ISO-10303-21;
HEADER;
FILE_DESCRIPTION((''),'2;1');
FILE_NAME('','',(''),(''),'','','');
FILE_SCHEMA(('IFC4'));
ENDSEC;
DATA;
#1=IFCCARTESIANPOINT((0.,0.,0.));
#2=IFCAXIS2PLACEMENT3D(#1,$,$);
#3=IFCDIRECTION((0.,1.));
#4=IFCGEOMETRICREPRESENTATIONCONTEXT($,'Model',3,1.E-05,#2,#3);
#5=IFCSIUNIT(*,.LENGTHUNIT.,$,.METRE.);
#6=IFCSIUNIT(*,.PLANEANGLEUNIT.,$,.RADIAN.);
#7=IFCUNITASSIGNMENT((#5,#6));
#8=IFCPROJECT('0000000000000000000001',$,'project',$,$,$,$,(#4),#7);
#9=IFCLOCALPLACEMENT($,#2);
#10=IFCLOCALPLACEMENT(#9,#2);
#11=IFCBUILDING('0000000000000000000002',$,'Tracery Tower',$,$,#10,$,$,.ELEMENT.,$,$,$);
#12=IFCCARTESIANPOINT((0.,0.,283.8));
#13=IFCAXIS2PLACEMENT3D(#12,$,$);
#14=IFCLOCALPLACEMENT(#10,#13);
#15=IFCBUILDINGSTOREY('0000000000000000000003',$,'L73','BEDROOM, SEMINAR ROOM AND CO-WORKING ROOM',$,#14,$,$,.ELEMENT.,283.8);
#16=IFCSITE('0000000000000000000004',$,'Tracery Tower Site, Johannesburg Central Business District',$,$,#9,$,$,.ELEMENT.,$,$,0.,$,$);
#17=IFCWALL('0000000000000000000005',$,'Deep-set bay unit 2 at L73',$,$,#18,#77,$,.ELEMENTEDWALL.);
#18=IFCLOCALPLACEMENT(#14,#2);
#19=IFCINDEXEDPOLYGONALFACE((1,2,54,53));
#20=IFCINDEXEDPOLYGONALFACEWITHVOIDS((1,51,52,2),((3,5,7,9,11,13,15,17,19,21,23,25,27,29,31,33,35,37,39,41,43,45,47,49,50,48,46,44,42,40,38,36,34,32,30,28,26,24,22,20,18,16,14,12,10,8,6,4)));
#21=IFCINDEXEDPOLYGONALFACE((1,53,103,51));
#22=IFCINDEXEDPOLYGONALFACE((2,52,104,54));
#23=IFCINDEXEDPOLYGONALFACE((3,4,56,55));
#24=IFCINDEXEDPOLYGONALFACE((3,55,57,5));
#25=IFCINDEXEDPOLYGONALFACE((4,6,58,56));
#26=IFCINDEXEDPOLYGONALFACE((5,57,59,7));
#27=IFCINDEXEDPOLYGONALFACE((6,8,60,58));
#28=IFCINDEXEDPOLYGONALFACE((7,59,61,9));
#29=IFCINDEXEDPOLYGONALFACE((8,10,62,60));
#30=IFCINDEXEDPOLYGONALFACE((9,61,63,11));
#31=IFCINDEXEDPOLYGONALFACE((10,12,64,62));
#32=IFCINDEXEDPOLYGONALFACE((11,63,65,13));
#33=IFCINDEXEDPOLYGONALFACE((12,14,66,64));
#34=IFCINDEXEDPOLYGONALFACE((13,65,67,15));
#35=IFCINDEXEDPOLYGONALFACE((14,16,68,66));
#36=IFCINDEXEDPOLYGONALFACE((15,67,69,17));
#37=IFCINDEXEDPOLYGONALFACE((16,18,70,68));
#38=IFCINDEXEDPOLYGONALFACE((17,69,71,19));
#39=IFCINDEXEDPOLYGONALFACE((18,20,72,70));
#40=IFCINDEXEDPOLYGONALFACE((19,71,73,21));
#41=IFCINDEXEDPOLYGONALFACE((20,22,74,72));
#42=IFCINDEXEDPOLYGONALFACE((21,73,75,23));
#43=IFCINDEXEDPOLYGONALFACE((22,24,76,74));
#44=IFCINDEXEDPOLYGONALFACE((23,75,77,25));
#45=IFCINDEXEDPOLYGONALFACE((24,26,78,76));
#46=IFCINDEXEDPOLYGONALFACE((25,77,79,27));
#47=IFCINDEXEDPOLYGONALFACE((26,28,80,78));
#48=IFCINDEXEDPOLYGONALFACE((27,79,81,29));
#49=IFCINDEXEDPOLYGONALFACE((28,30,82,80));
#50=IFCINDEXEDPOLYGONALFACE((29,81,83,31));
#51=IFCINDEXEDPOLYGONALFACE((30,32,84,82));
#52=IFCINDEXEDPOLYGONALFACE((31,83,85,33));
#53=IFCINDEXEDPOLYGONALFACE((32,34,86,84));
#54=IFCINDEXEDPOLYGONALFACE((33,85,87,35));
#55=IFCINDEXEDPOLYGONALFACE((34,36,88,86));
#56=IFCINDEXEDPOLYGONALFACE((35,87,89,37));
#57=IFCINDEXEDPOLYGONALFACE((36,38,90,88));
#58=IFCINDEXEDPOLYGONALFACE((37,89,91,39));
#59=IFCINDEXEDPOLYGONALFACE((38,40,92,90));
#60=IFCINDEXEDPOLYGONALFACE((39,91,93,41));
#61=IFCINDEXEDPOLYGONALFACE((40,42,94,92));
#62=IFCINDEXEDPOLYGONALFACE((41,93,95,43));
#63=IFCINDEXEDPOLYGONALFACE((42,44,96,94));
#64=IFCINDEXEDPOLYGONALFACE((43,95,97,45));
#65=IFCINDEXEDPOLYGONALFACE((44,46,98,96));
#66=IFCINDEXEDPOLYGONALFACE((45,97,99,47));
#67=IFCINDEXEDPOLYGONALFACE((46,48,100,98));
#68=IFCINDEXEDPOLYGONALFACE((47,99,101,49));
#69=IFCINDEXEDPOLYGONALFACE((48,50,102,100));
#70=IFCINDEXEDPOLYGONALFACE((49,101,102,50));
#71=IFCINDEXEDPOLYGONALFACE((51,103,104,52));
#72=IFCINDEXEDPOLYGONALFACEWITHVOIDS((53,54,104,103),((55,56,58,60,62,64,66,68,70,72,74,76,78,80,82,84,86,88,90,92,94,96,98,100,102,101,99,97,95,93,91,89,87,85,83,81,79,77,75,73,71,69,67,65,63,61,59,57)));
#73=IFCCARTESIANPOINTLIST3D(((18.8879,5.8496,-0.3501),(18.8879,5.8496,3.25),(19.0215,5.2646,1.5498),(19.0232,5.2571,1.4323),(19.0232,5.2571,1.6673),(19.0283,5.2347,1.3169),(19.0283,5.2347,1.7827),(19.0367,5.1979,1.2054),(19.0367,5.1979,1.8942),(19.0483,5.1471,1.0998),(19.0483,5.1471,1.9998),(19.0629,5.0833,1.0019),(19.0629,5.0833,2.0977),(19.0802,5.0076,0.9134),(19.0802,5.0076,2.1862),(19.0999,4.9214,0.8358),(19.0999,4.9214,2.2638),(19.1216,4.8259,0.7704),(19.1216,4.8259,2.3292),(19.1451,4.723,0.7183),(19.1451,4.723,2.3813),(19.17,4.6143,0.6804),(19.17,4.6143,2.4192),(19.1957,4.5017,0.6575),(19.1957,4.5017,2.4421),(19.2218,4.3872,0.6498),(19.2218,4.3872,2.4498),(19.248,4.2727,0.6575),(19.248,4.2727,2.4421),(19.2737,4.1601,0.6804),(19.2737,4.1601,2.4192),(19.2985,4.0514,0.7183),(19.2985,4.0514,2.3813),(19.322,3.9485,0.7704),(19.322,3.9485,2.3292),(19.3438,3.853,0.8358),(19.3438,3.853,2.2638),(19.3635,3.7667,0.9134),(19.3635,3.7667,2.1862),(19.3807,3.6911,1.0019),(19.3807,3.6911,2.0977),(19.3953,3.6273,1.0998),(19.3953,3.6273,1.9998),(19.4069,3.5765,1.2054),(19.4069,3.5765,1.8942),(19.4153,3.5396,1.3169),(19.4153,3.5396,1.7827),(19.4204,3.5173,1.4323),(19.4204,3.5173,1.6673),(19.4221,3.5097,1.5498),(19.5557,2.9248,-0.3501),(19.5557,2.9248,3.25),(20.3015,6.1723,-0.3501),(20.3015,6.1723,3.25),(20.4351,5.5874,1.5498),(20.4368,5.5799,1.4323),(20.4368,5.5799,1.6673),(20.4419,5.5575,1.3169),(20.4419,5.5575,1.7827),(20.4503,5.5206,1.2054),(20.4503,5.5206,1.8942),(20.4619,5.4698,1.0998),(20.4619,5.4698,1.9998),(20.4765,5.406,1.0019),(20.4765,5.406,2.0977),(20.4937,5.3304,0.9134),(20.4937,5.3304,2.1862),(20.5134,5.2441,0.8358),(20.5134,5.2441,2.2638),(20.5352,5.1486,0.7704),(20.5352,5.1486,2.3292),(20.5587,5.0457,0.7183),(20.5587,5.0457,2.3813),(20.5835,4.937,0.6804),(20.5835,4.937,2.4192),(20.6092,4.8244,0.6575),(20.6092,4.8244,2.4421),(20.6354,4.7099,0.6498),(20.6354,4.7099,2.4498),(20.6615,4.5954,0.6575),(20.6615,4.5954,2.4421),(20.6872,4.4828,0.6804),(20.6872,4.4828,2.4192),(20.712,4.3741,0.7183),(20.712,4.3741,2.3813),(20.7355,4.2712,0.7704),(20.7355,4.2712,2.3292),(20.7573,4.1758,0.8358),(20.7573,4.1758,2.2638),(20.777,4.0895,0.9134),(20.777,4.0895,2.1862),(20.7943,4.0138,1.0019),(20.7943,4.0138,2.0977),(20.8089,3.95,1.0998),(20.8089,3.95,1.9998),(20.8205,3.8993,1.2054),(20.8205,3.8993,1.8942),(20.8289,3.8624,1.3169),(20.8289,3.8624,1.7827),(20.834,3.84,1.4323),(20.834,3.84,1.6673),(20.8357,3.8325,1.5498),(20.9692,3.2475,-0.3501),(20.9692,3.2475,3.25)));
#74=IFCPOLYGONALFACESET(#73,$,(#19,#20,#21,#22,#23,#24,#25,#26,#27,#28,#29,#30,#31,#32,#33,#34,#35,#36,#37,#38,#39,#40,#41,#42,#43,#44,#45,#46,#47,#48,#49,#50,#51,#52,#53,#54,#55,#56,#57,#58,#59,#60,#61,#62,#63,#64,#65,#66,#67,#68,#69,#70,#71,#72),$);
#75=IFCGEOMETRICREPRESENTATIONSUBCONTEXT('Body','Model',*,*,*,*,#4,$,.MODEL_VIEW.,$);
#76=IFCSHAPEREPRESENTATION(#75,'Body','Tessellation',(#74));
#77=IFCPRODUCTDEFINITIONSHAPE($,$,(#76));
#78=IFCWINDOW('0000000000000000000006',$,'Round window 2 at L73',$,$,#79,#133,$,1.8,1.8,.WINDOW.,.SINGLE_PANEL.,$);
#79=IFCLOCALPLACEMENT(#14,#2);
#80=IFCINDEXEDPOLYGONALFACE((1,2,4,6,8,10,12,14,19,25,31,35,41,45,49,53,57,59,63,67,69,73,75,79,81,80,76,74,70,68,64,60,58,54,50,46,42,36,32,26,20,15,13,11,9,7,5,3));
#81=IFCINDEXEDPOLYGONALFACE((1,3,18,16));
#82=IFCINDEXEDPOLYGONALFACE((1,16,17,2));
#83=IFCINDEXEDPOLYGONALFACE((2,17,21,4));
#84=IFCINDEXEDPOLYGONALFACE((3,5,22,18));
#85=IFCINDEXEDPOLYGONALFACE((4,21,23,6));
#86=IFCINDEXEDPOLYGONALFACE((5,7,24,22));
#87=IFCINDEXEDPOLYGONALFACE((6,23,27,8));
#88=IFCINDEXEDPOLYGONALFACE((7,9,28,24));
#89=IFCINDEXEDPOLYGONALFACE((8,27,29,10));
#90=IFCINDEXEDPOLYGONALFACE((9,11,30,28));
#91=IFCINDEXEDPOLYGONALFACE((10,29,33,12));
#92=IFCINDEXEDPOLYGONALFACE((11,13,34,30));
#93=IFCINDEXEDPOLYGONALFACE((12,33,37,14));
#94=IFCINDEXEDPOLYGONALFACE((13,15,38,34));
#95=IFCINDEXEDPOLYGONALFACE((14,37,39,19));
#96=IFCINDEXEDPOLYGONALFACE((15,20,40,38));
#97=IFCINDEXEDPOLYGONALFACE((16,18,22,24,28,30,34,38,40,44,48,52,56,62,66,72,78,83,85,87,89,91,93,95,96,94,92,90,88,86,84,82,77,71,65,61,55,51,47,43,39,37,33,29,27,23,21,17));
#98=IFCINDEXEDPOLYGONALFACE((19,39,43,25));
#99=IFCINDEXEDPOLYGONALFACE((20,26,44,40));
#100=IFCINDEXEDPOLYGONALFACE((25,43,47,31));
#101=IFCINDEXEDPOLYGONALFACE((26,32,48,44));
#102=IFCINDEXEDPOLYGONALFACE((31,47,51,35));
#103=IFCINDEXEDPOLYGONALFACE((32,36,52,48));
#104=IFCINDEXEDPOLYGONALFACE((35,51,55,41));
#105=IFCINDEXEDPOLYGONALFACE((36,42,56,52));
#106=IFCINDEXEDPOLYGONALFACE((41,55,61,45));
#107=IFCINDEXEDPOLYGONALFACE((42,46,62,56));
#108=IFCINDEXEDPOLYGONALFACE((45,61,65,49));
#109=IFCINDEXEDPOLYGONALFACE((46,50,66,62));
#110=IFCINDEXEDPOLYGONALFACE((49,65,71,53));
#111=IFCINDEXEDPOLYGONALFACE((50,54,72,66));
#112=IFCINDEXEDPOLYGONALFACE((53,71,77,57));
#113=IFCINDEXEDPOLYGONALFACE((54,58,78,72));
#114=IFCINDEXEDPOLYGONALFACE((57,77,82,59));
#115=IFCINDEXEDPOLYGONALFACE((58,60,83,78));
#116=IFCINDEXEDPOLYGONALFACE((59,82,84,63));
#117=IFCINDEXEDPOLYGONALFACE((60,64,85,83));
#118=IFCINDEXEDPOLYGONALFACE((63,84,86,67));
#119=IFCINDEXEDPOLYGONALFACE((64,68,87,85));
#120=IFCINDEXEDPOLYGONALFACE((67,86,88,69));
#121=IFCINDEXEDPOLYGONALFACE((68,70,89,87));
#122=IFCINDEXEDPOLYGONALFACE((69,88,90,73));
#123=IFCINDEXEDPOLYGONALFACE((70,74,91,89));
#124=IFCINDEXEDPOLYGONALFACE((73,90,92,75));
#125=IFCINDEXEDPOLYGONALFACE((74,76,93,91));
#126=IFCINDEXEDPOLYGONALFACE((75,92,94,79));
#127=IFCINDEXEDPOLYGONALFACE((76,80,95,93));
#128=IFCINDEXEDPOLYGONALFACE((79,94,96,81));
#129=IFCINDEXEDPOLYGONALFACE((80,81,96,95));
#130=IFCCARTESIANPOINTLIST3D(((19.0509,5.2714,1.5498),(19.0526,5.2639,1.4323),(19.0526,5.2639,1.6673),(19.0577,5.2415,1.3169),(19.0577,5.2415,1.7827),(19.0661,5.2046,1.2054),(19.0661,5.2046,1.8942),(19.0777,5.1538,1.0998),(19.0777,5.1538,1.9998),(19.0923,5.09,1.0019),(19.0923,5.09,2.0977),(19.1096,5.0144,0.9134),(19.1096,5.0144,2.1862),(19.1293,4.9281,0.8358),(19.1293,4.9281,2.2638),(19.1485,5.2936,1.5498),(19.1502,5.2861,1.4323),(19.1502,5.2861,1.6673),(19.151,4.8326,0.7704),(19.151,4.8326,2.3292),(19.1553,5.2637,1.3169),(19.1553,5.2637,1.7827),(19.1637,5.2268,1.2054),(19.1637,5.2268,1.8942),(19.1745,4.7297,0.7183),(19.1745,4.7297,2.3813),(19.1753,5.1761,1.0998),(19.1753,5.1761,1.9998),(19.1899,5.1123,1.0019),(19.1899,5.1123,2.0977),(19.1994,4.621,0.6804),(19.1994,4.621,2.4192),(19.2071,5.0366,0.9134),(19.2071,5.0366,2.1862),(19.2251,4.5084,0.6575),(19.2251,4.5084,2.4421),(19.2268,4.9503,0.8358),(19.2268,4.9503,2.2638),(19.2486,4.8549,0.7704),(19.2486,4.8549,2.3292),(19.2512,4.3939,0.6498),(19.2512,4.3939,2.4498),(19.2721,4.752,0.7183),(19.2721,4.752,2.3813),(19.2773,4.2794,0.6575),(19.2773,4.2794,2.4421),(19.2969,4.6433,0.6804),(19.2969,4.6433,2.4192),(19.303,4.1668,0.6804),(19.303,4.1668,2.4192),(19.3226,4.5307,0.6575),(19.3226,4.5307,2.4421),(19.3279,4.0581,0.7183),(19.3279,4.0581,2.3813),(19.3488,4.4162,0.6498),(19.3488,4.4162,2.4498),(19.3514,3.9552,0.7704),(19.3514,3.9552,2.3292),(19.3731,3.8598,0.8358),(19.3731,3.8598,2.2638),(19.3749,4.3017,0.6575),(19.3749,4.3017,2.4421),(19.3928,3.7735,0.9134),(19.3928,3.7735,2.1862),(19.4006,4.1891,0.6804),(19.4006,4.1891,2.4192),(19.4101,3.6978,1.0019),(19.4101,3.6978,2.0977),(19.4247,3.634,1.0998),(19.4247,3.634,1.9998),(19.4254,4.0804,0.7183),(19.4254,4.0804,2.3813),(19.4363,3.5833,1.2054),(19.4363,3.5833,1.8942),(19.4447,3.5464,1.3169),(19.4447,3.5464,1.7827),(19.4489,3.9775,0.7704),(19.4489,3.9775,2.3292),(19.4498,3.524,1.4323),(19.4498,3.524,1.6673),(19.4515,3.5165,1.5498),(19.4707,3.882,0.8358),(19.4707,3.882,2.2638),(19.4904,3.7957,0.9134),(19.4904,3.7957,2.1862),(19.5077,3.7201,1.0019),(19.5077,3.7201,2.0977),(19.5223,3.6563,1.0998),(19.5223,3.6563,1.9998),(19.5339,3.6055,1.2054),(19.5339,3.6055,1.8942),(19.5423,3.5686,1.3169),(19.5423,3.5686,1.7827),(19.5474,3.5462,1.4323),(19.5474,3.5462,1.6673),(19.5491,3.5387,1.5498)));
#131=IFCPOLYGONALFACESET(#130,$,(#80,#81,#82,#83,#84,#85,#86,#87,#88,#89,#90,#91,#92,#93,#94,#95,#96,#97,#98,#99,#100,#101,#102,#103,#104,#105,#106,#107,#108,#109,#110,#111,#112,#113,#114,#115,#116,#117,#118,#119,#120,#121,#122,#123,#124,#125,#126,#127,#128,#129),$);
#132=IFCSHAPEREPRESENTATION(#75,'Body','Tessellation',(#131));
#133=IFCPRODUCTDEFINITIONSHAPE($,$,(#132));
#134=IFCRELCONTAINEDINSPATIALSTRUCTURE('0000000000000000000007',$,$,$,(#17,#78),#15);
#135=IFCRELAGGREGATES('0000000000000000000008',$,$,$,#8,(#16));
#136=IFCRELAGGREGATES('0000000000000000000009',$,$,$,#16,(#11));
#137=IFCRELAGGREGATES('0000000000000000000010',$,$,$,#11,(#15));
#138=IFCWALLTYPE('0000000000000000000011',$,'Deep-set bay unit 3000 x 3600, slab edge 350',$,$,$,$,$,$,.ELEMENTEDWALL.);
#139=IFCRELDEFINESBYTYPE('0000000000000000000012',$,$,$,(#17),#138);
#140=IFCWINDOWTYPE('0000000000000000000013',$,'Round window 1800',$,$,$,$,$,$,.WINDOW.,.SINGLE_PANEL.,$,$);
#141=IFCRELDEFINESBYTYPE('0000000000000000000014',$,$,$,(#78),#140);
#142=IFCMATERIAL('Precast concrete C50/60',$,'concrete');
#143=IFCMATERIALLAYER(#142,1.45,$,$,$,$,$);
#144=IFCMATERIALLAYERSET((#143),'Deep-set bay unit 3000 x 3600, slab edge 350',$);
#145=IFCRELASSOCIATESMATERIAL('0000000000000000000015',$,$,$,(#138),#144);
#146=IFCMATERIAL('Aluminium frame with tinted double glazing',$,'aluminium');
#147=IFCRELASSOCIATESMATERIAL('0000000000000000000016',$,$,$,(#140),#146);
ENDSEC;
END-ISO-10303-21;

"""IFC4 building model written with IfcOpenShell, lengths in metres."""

from ifc_helpers import new_model, si_unit, direction, frame, frame_2d, origin, origin_2d, place, context, subcontext, project, spatial, rectangle, circle, extrude, material, layer, layer_set, type_object, element, fill, save


model = new_model("IFC4")

# Units and contexts
model_context = context("Model", 3, precision=1e-05, world=origin(), true_north=direction((0.0, 1.0)))
body_context = subcontext(model_context, "Body", "Model", "MODEL_VIEW")
ifc_project = project(units=[si_unit("LENGTHUNIT", "METRE"), si_unit("PLANEANGLEUNIT", "RADIAN")], contexts=[model_context])

# Site, building, storey
site_placement = place(None, origin())
site = spatial("IfcSite", under=ifc_project, at=site_placement, Name="Tracery Tower Site, Johannesburg Central Business District", CompositionType="ELEMENT", RefElevation=0.0)
building_placement = place(site_placement, origin())
building = spatial("IfcBuilding", under=site, at=building_placement, Name="Tracery Tower", CompositionType="ELEMENT")
storey_placement = place(building_placement, frame((0.0, 0.0, 283.8)))
storey = spatial("IfcBuildingStorey", under=building, at=storey_placement, Name="L73", Description="BEDROOM, SEMINAR ROOM AND CO-WORKING ROOM", CompositionType="ELEMENT", Elevation=283.8)

# Wall, opening, window
ifc_material_1 = material(Name="Precast concrete C50/60", Category="concrete")
ifc_layer_1 = layer(ifc_material_1, 1.45)
ifc_layer_set_1 = layer_set([ifc_layer_1], Name="Deep-set bay unit 3000 x 3600, slab edge 350")
wall_type_1 = type_object("IfcWallType", Name="Deep-set bay unit 3000 x 3600, slab edge 350", PredefinedType="ELEMENTEDWALL", material=ifc_layer_set_1)
wall_1_placement = place(storey_placement, frame((20.2625, 3.0862, -0.3501), z_axis=(0.0, 0.0, 1.0), x_axis=(-0.222571, 0.974917, 0.0)))
wall_1 = element("IfcWall", 1, at=wall_1_placement, inside=storey, type_object=wall_type_1, Name="Deep-set bay unit 2 at L73", PredefinedType="ELEMENTEDWALL", context=body_context, shape_type="SweptSolid", body=[
    extrude(rectangle(XDim=3.0, YDim=1.45, at=frame_2d((1.5, 0.0))), origin(), (0.0, 0.0, 1.0), 3.6001),
])
opening_1_placement = place(wall_1_placement, frame((1.5, 0.0, 1.8999)))
opening_1 = element("IfcOpeningElement", 2, at=opening_1_placement, cuts=wall_1, PredefinedType="OPENING", context=body_context, shape_type="SweptSolid", body=[
    extrude(circle(Radius=0.9, at=origin_2d()), frame((0.0, 0.7349, 0.0), z_axis=(0.0, -1.0, 0.0), x_axis=(1.0, 0.0, 0.0)), (0.0, 0.0, 1.0), 1.47),
])
ifc_material_2 = material(Name="Aluminium frame with tinted double glazing", Category="aluminium")
window_type = type_object("IfcWindowType", Name="Round window 1800", PartitioningType="SINGLE_PANEL", PredefinedType="WINDOW", material=ifc_material_2)
window_1_placement = place(opening_1_placement, origin())
window_1 = element("IfcWindow", 3, at=window_1_placement, inside=storey, type_object=window_type, Name="Round window 2 at L73", OverallHeight=1.8, OverallWidth=1.8, PartitioningType="SINGLE_PANEL", PredefinedType="WINDOW", context=body_context, shape_type="SweptSolid", body=[
    extrude(circle(Radius=0.9, at=origin_2d()), frame((0.0, 0.6948, 0.0), z_axis=(0.0, -1.0, 0.0), x_axis=(1.0, 0.0, 0.0)), (0.0, 0.0, 1.0), 0.1001),
])
fill(opening_1, window_1)

save(model, "model.ifc")
